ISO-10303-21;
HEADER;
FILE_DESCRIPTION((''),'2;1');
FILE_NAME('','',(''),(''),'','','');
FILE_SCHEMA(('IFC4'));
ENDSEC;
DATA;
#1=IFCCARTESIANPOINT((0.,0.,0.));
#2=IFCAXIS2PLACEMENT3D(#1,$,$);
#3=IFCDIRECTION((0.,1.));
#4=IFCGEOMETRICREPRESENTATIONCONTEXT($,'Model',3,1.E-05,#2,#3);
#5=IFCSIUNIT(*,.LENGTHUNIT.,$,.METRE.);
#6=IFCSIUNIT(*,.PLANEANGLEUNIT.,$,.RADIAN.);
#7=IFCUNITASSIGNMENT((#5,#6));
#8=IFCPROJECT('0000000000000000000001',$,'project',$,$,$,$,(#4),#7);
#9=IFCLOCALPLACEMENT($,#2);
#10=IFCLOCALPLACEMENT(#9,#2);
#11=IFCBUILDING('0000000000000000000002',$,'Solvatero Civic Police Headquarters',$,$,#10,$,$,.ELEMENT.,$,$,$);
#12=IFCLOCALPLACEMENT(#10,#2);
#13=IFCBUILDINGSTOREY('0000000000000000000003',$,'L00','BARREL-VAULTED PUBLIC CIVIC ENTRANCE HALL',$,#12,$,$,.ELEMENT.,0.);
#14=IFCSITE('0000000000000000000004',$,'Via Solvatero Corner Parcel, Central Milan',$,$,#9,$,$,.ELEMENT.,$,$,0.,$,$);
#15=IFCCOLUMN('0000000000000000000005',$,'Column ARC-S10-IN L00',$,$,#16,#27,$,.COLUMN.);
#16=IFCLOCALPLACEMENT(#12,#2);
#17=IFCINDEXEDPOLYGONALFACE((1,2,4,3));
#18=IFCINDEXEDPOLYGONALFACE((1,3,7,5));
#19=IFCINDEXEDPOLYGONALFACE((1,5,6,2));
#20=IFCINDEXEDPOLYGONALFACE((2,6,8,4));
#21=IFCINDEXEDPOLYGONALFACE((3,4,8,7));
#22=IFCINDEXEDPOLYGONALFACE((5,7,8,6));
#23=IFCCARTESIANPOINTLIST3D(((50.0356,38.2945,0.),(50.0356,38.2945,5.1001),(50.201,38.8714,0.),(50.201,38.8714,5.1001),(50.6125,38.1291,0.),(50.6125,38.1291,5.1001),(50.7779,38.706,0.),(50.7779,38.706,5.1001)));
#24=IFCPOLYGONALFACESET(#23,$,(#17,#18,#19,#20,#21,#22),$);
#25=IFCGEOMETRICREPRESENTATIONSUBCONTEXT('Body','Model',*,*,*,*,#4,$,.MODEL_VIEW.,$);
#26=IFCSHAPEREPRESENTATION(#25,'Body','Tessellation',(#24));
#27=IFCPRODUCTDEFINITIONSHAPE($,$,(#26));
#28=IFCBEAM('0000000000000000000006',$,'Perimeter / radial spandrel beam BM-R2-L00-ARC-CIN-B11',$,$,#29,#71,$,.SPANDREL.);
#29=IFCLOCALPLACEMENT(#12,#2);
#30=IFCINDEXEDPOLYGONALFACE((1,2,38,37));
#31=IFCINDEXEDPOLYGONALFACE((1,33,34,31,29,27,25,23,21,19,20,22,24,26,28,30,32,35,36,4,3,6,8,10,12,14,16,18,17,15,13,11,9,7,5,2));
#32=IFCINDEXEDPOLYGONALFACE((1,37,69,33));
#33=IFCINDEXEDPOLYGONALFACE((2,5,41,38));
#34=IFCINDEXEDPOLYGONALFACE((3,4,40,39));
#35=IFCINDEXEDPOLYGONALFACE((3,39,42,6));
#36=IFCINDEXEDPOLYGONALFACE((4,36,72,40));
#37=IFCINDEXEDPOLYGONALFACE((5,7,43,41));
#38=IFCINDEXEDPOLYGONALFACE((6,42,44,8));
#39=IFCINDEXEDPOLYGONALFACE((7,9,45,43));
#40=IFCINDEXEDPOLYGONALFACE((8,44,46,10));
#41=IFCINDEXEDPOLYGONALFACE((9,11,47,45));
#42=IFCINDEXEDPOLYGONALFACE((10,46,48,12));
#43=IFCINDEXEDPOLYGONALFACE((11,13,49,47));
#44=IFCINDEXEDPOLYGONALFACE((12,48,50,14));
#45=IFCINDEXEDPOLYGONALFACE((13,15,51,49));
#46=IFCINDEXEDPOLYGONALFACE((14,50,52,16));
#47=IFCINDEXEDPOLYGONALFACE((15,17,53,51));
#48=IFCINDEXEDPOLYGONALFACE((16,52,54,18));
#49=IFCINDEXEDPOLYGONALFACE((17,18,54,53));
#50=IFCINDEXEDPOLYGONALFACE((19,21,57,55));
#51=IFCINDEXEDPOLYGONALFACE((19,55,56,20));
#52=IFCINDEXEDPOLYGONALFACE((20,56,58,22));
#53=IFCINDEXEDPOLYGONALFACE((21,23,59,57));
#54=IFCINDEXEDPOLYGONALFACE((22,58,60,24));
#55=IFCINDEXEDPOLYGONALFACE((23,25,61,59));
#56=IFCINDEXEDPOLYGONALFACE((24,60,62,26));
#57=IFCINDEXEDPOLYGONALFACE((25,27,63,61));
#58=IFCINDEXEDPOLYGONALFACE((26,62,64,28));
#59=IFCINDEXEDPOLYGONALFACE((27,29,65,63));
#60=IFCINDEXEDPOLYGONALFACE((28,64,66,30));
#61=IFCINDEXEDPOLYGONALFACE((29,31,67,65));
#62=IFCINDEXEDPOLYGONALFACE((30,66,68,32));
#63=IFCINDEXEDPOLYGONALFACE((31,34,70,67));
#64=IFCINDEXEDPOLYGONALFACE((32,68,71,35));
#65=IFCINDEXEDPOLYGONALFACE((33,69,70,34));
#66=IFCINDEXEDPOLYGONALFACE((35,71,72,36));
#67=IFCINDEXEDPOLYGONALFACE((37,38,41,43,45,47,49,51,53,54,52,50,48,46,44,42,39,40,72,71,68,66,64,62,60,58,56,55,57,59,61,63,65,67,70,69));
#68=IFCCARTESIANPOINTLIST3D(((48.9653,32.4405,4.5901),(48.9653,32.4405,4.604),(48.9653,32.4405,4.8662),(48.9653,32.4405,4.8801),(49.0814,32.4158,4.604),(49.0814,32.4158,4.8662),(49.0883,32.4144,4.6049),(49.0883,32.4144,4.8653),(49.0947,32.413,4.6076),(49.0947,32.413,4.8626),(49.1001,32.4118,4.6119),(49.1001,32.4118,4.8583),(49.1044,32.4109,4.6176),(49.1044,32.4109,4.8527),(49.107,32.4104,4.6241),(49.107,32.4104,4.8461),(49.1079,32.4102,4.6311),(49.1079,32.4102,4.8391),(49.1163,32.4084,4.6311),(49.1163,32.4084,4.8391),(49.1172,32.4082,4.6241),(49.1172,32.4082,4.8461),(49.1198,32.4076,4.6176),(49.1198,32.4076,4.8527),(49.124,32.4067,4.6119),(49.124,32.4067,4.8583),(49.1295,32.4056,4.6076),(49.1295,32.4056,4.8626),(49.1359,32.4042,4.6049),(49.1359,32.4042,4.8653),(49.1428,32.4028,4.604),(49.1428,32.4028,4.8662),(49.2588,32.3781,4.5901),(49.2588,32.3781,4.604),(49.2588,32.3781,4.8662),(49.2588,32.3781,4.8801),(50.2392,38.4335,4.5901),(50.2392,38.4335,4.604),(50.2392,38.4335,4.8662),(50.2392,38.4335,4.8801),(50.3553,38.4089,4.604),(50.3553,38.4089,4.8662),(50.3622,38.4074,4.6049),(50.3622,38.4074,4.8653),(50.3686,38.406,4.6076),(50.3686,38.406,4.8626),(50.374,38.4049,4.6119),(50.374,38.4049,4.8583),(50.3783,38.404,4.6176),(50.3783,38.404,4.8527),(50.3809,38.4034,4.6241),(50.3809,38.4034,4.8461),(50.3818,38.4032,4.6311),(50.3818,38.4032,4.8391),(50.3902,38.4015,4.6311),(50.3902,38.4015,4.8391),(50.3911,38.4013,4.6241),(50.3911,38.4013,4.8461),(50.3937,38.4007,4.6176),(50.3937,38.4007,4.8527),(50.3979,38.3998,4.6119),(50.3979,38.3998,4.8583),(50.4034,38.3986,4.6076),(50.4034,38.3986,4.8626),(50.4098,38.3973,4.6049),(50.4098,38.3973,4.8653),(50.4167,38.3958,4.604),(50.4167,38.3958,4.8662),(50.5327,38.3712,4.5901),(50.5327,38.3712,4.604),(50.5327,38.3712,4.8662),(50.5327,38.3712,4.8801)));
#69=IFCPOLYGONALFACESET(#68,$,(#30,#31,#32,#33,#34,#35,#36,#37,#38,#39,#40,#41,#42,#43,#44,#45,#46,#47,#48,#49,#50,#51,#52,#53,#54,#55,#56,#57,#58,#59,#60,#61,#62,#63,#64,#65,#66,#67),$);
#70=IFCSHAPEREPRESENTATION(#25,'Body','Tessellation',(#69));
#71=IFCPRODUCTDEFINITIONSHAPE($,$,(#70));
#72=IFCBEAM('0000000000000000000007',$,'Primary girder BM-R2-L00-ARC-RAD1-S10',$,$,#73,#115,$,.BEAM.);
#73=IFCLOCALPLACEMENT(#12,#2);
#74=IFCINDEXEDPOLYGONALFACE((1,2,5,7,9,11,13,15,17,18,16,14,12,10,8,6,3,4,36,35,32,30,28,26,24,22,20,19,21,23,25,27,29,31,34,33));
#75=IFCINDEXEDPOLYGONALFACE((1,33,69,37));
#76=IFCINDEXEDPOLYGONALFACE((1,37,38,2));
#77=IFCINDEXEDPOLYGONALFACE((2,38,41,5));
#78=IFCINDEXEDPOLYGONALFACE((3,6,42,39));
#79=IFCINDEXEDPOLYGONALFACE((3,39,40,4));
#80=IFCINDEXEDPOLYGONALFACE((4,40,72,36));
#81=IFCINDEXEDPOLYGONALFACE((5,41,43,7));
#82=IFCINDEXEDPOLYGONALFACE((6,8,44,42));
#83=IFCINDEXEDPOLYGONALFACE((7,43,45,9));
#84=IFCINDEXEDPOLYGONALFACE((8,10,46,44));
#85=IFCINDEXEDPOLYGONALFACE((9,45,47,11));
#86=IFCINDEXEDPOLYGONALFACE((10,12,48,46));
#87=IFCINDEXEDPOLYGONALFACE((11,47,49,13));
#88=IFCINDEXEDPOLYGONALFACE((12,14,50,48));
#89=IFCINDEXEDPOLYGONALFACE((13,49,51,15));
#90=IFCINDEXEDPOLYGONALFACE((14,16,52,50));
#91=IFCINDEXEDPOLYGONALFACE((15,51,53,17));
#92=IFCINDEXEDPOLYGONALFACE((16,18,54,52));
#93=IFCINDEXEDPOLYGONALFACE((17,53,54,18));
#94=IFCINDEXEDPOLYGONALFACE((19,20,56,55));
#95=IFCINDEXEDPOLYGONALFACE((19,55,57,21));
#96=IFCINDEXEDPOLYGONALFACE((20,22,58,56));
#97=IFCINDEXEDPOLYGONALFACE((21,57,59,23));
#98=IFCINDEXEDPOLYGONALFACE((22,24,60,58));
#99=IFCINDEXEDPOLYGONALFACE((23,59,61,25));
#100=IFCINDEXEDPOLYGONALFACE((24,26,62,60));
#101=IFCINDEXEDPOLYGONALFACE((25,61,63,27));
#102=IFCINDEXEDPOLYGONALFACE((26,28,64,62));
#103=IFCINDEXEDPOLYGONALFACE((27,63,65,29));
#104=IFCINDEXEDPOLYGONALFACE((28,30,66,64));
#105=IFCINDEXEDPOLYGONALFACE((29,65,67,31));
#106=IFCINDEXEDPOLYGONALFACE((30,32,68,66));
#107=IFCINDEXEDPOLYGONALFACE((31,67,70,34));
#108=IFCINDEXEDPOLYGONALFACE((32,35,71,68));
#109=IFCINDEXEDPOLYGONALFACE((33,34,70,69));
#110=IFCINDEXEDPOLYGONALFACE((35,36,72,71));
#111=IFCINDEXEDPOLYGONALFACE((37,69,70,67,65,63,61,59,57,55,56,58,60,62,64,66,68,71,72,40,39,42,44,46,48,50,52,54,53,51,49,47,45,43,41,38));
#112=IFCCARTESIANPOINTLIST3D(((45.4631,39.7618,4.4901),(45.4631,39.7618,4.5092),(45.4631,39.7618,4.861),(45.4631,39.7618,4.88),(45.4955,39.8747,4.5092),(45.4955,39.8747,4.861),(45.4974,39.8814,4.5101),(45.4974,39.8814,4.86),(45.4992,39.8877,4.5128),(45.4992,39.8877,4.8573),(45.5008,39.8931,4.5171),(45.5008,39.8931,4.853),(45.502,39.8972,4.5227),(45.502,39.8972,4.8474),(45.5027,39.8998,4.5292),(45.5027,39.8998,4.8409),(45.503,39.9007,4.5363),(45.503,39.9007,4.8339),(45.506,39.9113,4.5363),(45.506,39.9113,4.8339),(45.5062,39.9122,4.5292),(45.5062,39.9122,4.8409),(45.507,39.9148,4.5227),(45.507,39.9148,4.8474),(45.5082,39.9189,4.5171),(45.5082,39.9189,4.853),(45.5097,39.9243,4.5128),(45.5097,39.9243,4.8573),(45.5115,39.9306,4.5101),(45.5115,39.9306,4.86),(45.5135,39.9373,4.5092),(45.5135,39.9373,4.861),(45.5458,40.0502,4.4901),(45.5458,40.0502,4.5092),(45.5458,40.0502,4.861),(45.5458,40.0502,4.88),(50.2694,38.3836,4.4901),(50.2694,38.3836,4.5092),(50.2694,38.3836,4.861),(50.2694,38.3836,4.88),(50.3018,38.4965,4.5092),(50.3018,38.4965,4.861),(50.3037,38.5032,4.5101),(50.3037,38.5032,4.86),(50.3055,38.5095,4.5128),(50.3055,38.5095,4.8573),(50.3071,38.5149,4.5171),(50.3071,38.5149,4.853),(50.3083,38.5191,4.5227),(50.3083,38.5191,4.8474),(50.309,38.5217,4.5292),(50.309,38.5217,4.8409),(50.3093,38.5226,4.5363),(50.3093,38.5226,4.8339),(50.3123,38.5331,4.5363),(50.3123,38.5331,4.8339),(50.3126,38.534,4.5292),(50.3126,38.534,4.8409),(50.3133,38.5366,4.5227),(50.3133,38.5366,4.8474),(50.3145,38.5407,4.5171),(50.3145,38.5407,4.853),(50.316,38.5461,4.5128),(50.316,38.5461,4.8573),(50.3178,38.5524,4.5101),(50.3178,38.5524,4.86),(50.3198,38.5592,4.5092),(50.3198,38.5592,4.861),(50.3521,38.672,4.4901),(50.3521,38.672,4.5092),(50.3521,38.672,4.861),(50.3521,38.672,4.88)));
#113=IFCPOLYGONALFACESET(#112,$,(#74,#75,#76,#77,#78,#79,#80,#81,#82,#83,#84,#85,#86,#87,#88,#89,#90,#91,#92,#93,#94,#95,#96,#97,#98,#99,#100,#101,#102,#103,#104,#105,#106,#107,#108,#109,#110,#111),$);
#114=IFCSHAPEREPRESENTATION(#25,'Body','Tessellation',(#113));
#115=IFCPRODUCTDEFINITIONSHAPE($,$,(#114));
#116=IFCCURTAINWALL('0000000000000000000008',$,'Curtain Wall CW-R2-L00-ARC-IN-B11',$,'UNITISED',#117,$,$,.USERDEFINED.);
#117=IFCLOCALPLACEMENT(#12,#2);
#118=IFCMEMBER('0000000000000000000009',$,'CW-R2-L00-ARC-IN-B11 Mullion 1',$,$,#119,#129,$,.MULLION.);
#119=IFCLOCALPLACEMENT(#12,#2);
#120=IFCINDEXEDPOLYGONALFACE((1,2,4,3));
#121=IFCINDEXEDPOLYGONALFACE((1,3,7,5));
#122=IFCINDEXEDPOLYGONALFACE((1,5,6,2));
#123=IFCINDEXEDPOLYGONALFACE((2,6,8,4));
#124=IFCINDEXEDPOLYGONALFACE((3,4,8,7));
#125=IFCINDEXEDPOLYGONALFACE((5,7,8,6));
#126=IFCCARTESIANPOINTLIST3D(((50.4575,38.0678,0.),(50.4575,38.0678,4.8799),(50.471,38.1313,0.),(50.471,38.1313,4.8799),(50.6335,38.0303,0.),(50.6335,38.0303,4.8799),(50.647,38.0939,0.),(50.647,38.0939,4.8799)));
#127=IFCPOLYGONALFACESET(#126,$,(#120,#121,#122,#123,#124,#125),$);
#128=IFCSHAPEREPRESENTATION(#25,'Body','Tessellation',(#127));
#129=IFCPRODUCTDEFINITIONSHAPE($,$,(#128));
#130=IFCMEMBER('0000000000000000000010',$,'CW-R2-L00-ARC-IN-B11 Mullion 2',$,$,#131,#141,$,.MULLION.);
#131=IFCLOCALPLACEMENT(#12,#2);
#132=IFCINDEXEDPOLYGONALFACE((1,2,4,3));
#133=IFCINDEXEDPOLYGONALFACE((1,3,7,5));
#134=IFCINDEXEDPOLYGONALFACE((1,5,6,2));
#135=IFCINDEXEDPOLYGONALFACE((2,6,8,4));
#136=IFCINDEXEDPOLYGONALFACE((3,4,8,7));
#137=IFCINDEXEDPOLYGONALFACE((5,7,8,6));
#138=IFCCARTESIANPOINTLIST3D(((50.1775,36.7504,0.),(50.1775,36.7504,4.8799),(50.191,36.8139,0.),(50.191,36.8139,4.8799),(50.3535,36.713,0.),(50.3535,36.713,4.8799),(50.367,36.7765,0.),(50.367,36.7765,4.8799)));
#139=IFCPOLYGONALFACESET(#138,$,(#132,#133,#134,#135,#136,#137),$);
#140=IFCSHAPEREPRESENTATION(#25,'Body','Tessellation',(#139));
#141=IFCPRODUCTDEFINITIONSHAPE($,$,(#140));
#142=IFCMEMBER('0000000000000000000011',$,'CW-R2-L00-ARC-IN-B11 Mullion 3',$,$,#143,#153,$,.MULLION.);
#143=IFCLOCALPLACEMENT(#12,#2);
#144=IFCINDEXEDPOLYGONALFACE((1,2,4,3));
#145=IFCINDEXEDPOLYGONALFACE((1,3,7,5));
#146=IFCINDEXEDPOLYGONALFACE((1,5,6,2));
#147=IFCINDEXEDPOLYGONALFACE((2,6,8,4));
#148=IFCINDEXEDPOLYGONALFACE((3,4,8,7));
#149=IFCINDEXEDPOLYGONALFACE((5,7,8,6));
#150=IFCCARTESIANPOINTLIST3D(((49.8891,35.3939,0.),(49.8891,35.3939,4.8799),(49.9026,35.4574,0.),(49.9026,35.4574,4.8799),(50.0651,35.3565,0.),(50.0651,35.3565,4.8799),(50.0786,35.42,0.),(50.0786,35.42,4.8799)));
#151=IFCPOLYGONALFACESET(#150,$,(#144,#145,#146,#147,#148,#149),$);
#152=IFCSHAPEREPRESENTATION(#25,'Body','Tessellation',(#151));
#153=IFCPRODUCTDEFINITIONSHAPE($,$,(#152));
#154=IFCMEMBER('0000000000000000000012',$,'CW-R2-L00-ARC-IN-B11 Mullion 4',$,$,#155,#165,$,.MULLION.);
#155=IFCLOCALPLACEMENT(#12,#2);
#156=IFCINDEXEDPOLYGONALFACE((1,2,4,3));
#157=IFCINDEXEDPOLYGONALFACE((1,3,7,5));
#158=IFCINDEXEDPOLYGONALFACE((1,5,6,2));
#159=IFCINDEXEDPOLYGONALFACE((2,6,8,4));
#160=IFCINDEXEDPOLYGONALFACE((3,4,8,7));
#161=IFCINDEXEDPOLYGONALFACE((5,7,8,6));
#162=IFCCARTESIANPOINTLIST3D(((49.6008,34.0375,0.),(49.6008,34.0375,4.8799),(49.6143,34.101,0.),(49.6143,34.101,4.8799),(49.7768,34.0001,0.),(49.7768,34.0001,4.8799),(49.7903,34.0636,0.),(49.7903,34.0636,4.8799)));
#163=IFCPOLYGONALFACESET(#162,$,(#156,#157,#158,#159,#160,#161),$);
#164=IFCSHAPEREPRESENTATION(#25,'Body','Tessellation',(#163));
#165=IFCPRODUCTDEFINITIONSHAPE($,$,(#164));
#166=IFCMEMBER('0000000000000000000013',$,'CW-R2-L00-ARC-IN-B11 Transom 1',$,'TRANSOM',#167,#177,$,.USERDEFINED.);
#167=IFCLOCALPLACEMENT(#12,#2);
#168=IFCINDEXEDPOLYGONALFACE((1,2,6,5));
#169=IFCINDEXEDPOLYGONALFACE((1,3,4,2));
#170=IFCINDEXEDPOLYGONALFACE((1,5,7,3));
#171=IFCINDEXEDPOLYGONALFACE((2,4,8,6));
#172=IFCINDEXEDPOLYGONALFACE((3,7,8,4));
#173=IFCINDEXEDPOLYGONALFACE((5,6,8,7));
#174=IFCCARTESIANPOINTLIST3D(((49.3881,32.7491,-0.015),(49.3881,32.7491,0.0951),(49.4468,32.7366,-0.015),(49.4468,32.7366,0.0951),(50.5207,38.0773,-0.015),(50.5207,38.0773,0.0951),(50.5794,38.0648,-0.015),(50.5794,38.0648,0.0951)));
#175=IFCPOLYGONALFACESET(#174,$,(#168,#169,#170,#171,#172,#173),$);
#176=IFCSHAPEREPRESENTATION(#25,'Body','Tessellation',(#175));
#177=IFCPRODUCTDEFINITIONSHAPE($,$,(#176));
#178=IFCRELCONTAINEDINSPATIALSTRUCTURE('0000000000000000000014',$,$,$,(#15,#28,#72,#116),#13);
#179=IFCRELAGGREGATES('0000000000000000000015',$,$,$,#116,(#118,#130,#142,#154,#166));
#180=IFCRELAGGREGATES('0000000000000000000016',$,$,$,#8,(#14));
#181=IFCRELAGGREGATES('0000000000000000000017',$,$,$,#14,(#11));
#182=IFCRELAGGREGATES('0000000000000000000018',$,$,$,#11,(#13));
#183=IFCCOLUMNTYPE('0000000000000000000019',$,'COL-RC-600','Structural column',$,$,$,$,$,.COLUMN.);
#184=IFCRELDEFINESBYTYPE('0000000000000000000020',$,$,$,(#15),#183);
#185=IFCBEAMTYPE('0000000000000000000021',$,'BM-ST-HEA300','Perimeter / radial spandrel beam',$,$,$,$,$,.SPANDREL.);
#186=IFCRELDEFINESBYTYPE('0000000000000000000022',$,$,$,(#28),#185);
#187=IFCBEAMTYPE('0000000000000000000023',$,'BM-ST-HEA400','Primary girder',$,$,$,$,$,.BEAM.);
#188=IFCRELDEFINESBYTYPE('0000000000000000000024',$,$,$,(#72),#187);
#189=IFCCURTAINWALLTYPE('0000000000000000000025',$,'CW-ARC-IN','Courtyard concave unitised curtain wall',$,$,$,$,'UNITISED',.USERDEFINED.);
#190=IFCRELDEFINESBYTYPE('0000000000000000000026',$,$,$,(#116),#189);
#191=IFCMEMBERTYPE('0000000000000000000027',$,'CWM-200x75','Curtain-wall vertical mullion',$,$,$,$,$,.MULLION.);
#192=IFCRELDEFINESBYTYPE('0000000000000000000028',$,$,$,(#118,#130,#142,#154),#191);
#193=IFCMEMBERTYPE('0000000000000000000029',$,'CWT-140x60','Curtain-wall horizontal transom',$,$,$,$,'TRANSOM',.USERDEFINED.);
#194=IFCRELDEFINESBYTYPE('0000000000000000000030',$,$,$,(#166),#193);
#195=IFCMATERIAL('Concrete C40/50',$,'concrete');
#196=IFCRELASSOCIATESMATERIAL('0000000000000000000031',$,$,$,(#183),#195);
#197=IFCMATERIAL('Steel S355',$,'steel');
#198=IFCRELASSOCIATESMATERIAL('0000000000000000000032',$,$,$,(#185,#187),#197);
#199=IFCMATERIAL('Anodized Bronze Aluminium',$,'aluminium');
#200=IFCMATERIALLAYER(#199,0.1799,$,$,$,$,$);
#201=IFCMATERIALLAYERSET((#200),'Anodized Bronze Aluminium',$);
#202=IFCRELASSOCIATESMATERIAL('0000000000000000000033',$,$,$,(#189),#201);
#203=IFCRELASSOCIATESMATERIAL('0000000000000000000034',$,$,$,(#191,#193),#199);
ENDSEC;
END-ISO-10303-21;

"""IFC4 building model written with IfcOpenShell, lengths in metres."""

from ifc_helpers import new_model, si_unit, direction, frame, origin, origin_2d, place, context, subcontext, project, spatial, rectangle, i_section, extrude, material, layer, layer_set, material_profile, profile_set, type_object, element, aggregate, save


model = new_model("IFC4")

# Units and contexts
model_context = context("Model", 3, precision=1e-05, world=origin(), true_north=direction((0.0, 1.0)))
body_context = subcontext(model_context, "Body", "Model", "MODEL_VIEW")
ifc_project = project(units=[si_unit("LENGTHUNIT", "METRE"), si_unit("PLANEANGLEUNIT", "RADIAN")], contexts=[model_context])

# Site, building, storey
site_placement = place(None, origin())
site = spatial("IfcSite", under=ifc_project, at=site_placement, Name="Via Solvatero Corner Parcel, Central Milan", CompositionType="ELEMENT", RefElevation=0.0)
building_placement = place(site_placement, origin())
building = spatial("IfcBuilding", under=site, at=building_placement, Name="Solvatero Civic Police Headquarters", CompositionType="ELEMENT")
storey_placement = place(building_placement, origin())
storey = spatial("IfcBuildingStorey", under=building, at=storey_placement, Name="L00", Description="BARREL-VAULTED PUBLIC CIVIC ENTRANCE HALL", CompositionType="ELEMENT", Elevation=0.0)

# Column
ifc_material_1 = material(Name="Concrete C40/50", Category="concrete")
ifc_material_profile_1 = material_profile(ifc_material_1, rectangle(XDim=0.6001, YDim=0.6001, at=origin_2d()), Name="RC 600x600")
ifc_profile_set_1 = profile_set([ifc_material_profile_1], Name="Concrete C40/50")
column_type = type_object("IfcColumnType", Name="COL-RC-600", Description="Structural column", PredefinedType="COLUMN", material=ifc_profile_set_1)
column_placement = place(storey_placement, frame((50.4067, 38.5002, 0.0), z_axis=(0.0, 0.0, 1.0), x_axis=(0.275637, 0.961262, 0.0)))
element("IfcColumn", 1, at=column_placement, inside=storey, type_object=column_type, Name="Column ARC-S10-IN L00", PredefinedType="COLUMN", context=body_context, shape_type="SweptSolid", body=[
    extrude(rectangle(XDim=0.6001, YDim=0.6001, at=origin_2d()), origin(), (0.0, 0.0, 1.0), 5.1001),
])

# Beams
ifc_material_2 = material(Name="Steel S355", Category="steel")
ifc_material_profile_2 = material_profile(ifc_material_2, i_section(OverallWidth=0.3, OverallDepth=0.29, WebThickness=0.0085, FlangeThickness=0.0139, FilletRadius=0.0271, at=origin_2d()), Name="HEA 300")
ifc_profile_set_2 = profile_set([ifc_material_profile_2], Name="Steel S355")
beam_type_1 = type_object("IfcBeamType", Name="BM-ST-HEA300", Description="Perimeter / radial spandrel beam", PredefinedType="SPANDREL", material=ifc_profile_set_2)
beam_1_placement = place(storey_placement, frame((50.386, 38.4023, 4.7351), z_axis=(-0.207918, -0.978146, 0.0), x_axis=(0.978146, -0.207918, 0.0)))
element("IfcBeam", 2, at=beam_1_placement, inside=storey, type_object=beam_type_1, Name="Perimeter / radial spandrel beam BM-R2-L00-ARC-CIN-B11", PredefinedType="SPANDREL", context=body_context, shape_type="SweptSolid", body=[
    extrude(i_section(OverallWidth=0.3, OverallDepth=0.29, WebThickness=0.0085, FlangeThickness=0.0139, FilletRadius=0.0271, at=origin_2d()), origin(), (0.0, 0.0, 1.0), 6.127),
])
ifc_material_profile_3 = material_profile(ifc_material_2, i_section(OverallWidth=0.3, OverallDepth=0.3899, WebThickness=0.011, FlangeThickness=0.019, FilletRadius=0.0271, at=origin_2d()), Name="HEA 400")
ifc_profile_set_3 = profile_set([ifc_material_profile_3], Name="Steel S355")
beam_type_2 = type_object("IfcBeamType", Name="BM-ST-HEA400", Description="Primary girder", PredefinedType="BEAM", material=ifc_profile_set_3)
beam_2_placement = place(storey_placement, frame((50.3108, 38.5278, 4.6851), z_axis=(-0.961264, 0.27563, 0.0), x_axis=(-0.27563, -0.961264, 0.0)))
element("IfcBeam", 3, at=beam_2_placement, inside=storey, type_object=beam_type_2, Name="Primary girder BM-R2-L00-ARC-RAD1-S10", PredefinedType="BEAM", context=body_context, shape_type="SweptSolid", body=[
    extrude(i_section(OverallWidth=0.3, OverallDepth=0.3899, WebThickness=0.011, FlangeThickness=0.019, FilletRadius=0.0271, at=origin_2d()), origin(), (0.0, 0.0, 1.0), 5.0),
])

# Curtain wall, members
ifc_material_3 = material(Name="Anodized Bronze Aluminium", Category="aluminium")
ifc_layer_1 = layer(ifc_material_3, 0.1799)
ifc_layer_set_1 = layer_set([ifc_layer_1], Name="Anodized Bronze Aluminium")
curtain_wall_type = type_object("IfcCurtainWallType", Name="CW-ARC-IN", Description="Courtyard concave unitised curtain wall", ElementType="UNITISED", PredefinedType="USERDEFINED", material=ifc_layer_set_1)
curtain_wall_placement = place(storey_placement, origin())
curtain_wall = element("IfcCurtainWall", 4, at=curtain_wall_placement, inside=storey, type_object=curtain_wall_type, Name="Curtain Wall CW-R2-L00-ARC-IN-B11", ObjectType="UNITISED", PredefinedType="USERDEFINED")
ifc_material_profile_4 = material_profile(ifc_material_3, rectangle(XDim=0.0649, YDim=0.1799, at=origin_2d()), Name="ALU MULLION 65x180")
ifc_profile_set_4 = profile_set([ifc_material_profile_4], Name="Anodized Bronze Aluminium")
member_type_1 = type_object("IfcMemberType", Name="CWM-200x75", Description="Curtain-wall vertical mullion", PredefinedType="MULLION", material=ifc_profile_set_4)
member_1_placement = place(storey_placement, frame((50.5522, 38.0808, 0.0), z_axis=(0.0, 0.0, 1.0), x_axis=(-0.207912, -0.978148, 0.0)))
member_1 = element("IfcMember", 5, at=member_1_placement, type_object=member_type_1, Name="CW-R2-L00-ARC-IN-B11 Mullion 1", PredefinedType="MULLION", context=body_context, shape_type="SweptSolid", body=[
    extrude(rectangle(XDim=0.0649, YDim=0.1799, at=origin_2d()), origin(), (0.0, 0.0, 1.0), 4.8799),
])
member_2_placement = place(storey_placement, frame((50.2722, 36.7634, 0.0), z_axis=(0.0, 0.0, 1.0), x_axis=(-0.207912, -0.978148, 0.0)))
member_2 = element("IfcMember", 6, at=member_2_placement, type_object=member_type_1, Name="CW-R2-L00-ARC-IN-B11 Mullion 2", PredefinedType="MULLION", context=body_context, shape_type="SweptSolid", body=[
    extrude(rectangle(XDim=0.0649, YDim=0.1799, at=origin_2d()), origin(), (0.0, 0.0, 1.0), 4.8799),
])
member_3_placement = place(storey_placement, frame((49.9839, 35.407, 0.0), z_axis=(0.0, 0.0, 1.0), x_axis=(-0.207912, -0.978148, 0.0)))
member_3 = element("IfcMember", 7, at=member_3_placement, type_object=member_type_1, Name="CW-R2-L00-ARC-IN-B11 Mullion 3", PredefinedType="MULLION", context=body_context, shape_type="SweptSolid", body=[
    extrude(rectangle(XDim=0.0649, YDim=0.1799, at=origin_2d()), origin(), (0.0, 0.0, 1.0), 4.8799),
])
member_4_placement = place(storey_placement, frame((49.6956, 34.0505, 0.0), z_axis=(0.0, 0.0, 1.0), x_axis=(-0.207912, -0.978148, 0.0)))
member_4 = element("IfcMember", 8, at=member_4_placement, type_object=member_type_1, Name="CW-R2-L00-ARC-IN-B11 Mullion 4", PredefinedType="MULLION", context=body_context, shape_type="SweptSolid", body=[
    extrude(rectangle(XDim=0.0649, YDim=0.1799, at=origin_2d()), origin(), (0.0, 0.0, 1.0), 4.8799),
])
ifc_material_profile_5 = material_profile(ifc_material_3, rectangle(XDim=0.0601, YDim=0.1101, at=origin_2d()), Name="ALU TRANSOM 60x110")
ifc_profile_set_5 = profile_set([ifc_material_profile_5], Name="Anodized Bronze Aluminium")
member_type_2 = type_object("IfcMemberType", Name="CWT-140x60", Description="Curtain-wall horizontal transom", ElementType="TRANSOM", PredefinedType="USERDEFINED", material=ifc_profile_set_5)
member_5_placement = place(storey_placement, frame((50.55, 38.071, 0.04), z_axis=(-0.207919, -0.978146, 0.0), x_axis=(0.978146, -0.207919, 0.0)))
member_5 = element("IfcMember", 9, at=member_5_placement, type_object=member_type_2, Name="CW-R2-L00-ARC-IN-B11 Transom 1", ObjectType="TRANSOM", PredefinedType="USERDEFINED", context=body_context, shape_type="SweptSolid", body=[
    extrude(rectangle(XDim=0.0601, YDim=0.1101, at=origin_2d()), origin(), (0.0, 0.0, 1.0), 5.4473),
])
aggregate(curtain_wall, [member_1, member_2, member_3, member_4, member_5])

save(model, "model.ifc")
